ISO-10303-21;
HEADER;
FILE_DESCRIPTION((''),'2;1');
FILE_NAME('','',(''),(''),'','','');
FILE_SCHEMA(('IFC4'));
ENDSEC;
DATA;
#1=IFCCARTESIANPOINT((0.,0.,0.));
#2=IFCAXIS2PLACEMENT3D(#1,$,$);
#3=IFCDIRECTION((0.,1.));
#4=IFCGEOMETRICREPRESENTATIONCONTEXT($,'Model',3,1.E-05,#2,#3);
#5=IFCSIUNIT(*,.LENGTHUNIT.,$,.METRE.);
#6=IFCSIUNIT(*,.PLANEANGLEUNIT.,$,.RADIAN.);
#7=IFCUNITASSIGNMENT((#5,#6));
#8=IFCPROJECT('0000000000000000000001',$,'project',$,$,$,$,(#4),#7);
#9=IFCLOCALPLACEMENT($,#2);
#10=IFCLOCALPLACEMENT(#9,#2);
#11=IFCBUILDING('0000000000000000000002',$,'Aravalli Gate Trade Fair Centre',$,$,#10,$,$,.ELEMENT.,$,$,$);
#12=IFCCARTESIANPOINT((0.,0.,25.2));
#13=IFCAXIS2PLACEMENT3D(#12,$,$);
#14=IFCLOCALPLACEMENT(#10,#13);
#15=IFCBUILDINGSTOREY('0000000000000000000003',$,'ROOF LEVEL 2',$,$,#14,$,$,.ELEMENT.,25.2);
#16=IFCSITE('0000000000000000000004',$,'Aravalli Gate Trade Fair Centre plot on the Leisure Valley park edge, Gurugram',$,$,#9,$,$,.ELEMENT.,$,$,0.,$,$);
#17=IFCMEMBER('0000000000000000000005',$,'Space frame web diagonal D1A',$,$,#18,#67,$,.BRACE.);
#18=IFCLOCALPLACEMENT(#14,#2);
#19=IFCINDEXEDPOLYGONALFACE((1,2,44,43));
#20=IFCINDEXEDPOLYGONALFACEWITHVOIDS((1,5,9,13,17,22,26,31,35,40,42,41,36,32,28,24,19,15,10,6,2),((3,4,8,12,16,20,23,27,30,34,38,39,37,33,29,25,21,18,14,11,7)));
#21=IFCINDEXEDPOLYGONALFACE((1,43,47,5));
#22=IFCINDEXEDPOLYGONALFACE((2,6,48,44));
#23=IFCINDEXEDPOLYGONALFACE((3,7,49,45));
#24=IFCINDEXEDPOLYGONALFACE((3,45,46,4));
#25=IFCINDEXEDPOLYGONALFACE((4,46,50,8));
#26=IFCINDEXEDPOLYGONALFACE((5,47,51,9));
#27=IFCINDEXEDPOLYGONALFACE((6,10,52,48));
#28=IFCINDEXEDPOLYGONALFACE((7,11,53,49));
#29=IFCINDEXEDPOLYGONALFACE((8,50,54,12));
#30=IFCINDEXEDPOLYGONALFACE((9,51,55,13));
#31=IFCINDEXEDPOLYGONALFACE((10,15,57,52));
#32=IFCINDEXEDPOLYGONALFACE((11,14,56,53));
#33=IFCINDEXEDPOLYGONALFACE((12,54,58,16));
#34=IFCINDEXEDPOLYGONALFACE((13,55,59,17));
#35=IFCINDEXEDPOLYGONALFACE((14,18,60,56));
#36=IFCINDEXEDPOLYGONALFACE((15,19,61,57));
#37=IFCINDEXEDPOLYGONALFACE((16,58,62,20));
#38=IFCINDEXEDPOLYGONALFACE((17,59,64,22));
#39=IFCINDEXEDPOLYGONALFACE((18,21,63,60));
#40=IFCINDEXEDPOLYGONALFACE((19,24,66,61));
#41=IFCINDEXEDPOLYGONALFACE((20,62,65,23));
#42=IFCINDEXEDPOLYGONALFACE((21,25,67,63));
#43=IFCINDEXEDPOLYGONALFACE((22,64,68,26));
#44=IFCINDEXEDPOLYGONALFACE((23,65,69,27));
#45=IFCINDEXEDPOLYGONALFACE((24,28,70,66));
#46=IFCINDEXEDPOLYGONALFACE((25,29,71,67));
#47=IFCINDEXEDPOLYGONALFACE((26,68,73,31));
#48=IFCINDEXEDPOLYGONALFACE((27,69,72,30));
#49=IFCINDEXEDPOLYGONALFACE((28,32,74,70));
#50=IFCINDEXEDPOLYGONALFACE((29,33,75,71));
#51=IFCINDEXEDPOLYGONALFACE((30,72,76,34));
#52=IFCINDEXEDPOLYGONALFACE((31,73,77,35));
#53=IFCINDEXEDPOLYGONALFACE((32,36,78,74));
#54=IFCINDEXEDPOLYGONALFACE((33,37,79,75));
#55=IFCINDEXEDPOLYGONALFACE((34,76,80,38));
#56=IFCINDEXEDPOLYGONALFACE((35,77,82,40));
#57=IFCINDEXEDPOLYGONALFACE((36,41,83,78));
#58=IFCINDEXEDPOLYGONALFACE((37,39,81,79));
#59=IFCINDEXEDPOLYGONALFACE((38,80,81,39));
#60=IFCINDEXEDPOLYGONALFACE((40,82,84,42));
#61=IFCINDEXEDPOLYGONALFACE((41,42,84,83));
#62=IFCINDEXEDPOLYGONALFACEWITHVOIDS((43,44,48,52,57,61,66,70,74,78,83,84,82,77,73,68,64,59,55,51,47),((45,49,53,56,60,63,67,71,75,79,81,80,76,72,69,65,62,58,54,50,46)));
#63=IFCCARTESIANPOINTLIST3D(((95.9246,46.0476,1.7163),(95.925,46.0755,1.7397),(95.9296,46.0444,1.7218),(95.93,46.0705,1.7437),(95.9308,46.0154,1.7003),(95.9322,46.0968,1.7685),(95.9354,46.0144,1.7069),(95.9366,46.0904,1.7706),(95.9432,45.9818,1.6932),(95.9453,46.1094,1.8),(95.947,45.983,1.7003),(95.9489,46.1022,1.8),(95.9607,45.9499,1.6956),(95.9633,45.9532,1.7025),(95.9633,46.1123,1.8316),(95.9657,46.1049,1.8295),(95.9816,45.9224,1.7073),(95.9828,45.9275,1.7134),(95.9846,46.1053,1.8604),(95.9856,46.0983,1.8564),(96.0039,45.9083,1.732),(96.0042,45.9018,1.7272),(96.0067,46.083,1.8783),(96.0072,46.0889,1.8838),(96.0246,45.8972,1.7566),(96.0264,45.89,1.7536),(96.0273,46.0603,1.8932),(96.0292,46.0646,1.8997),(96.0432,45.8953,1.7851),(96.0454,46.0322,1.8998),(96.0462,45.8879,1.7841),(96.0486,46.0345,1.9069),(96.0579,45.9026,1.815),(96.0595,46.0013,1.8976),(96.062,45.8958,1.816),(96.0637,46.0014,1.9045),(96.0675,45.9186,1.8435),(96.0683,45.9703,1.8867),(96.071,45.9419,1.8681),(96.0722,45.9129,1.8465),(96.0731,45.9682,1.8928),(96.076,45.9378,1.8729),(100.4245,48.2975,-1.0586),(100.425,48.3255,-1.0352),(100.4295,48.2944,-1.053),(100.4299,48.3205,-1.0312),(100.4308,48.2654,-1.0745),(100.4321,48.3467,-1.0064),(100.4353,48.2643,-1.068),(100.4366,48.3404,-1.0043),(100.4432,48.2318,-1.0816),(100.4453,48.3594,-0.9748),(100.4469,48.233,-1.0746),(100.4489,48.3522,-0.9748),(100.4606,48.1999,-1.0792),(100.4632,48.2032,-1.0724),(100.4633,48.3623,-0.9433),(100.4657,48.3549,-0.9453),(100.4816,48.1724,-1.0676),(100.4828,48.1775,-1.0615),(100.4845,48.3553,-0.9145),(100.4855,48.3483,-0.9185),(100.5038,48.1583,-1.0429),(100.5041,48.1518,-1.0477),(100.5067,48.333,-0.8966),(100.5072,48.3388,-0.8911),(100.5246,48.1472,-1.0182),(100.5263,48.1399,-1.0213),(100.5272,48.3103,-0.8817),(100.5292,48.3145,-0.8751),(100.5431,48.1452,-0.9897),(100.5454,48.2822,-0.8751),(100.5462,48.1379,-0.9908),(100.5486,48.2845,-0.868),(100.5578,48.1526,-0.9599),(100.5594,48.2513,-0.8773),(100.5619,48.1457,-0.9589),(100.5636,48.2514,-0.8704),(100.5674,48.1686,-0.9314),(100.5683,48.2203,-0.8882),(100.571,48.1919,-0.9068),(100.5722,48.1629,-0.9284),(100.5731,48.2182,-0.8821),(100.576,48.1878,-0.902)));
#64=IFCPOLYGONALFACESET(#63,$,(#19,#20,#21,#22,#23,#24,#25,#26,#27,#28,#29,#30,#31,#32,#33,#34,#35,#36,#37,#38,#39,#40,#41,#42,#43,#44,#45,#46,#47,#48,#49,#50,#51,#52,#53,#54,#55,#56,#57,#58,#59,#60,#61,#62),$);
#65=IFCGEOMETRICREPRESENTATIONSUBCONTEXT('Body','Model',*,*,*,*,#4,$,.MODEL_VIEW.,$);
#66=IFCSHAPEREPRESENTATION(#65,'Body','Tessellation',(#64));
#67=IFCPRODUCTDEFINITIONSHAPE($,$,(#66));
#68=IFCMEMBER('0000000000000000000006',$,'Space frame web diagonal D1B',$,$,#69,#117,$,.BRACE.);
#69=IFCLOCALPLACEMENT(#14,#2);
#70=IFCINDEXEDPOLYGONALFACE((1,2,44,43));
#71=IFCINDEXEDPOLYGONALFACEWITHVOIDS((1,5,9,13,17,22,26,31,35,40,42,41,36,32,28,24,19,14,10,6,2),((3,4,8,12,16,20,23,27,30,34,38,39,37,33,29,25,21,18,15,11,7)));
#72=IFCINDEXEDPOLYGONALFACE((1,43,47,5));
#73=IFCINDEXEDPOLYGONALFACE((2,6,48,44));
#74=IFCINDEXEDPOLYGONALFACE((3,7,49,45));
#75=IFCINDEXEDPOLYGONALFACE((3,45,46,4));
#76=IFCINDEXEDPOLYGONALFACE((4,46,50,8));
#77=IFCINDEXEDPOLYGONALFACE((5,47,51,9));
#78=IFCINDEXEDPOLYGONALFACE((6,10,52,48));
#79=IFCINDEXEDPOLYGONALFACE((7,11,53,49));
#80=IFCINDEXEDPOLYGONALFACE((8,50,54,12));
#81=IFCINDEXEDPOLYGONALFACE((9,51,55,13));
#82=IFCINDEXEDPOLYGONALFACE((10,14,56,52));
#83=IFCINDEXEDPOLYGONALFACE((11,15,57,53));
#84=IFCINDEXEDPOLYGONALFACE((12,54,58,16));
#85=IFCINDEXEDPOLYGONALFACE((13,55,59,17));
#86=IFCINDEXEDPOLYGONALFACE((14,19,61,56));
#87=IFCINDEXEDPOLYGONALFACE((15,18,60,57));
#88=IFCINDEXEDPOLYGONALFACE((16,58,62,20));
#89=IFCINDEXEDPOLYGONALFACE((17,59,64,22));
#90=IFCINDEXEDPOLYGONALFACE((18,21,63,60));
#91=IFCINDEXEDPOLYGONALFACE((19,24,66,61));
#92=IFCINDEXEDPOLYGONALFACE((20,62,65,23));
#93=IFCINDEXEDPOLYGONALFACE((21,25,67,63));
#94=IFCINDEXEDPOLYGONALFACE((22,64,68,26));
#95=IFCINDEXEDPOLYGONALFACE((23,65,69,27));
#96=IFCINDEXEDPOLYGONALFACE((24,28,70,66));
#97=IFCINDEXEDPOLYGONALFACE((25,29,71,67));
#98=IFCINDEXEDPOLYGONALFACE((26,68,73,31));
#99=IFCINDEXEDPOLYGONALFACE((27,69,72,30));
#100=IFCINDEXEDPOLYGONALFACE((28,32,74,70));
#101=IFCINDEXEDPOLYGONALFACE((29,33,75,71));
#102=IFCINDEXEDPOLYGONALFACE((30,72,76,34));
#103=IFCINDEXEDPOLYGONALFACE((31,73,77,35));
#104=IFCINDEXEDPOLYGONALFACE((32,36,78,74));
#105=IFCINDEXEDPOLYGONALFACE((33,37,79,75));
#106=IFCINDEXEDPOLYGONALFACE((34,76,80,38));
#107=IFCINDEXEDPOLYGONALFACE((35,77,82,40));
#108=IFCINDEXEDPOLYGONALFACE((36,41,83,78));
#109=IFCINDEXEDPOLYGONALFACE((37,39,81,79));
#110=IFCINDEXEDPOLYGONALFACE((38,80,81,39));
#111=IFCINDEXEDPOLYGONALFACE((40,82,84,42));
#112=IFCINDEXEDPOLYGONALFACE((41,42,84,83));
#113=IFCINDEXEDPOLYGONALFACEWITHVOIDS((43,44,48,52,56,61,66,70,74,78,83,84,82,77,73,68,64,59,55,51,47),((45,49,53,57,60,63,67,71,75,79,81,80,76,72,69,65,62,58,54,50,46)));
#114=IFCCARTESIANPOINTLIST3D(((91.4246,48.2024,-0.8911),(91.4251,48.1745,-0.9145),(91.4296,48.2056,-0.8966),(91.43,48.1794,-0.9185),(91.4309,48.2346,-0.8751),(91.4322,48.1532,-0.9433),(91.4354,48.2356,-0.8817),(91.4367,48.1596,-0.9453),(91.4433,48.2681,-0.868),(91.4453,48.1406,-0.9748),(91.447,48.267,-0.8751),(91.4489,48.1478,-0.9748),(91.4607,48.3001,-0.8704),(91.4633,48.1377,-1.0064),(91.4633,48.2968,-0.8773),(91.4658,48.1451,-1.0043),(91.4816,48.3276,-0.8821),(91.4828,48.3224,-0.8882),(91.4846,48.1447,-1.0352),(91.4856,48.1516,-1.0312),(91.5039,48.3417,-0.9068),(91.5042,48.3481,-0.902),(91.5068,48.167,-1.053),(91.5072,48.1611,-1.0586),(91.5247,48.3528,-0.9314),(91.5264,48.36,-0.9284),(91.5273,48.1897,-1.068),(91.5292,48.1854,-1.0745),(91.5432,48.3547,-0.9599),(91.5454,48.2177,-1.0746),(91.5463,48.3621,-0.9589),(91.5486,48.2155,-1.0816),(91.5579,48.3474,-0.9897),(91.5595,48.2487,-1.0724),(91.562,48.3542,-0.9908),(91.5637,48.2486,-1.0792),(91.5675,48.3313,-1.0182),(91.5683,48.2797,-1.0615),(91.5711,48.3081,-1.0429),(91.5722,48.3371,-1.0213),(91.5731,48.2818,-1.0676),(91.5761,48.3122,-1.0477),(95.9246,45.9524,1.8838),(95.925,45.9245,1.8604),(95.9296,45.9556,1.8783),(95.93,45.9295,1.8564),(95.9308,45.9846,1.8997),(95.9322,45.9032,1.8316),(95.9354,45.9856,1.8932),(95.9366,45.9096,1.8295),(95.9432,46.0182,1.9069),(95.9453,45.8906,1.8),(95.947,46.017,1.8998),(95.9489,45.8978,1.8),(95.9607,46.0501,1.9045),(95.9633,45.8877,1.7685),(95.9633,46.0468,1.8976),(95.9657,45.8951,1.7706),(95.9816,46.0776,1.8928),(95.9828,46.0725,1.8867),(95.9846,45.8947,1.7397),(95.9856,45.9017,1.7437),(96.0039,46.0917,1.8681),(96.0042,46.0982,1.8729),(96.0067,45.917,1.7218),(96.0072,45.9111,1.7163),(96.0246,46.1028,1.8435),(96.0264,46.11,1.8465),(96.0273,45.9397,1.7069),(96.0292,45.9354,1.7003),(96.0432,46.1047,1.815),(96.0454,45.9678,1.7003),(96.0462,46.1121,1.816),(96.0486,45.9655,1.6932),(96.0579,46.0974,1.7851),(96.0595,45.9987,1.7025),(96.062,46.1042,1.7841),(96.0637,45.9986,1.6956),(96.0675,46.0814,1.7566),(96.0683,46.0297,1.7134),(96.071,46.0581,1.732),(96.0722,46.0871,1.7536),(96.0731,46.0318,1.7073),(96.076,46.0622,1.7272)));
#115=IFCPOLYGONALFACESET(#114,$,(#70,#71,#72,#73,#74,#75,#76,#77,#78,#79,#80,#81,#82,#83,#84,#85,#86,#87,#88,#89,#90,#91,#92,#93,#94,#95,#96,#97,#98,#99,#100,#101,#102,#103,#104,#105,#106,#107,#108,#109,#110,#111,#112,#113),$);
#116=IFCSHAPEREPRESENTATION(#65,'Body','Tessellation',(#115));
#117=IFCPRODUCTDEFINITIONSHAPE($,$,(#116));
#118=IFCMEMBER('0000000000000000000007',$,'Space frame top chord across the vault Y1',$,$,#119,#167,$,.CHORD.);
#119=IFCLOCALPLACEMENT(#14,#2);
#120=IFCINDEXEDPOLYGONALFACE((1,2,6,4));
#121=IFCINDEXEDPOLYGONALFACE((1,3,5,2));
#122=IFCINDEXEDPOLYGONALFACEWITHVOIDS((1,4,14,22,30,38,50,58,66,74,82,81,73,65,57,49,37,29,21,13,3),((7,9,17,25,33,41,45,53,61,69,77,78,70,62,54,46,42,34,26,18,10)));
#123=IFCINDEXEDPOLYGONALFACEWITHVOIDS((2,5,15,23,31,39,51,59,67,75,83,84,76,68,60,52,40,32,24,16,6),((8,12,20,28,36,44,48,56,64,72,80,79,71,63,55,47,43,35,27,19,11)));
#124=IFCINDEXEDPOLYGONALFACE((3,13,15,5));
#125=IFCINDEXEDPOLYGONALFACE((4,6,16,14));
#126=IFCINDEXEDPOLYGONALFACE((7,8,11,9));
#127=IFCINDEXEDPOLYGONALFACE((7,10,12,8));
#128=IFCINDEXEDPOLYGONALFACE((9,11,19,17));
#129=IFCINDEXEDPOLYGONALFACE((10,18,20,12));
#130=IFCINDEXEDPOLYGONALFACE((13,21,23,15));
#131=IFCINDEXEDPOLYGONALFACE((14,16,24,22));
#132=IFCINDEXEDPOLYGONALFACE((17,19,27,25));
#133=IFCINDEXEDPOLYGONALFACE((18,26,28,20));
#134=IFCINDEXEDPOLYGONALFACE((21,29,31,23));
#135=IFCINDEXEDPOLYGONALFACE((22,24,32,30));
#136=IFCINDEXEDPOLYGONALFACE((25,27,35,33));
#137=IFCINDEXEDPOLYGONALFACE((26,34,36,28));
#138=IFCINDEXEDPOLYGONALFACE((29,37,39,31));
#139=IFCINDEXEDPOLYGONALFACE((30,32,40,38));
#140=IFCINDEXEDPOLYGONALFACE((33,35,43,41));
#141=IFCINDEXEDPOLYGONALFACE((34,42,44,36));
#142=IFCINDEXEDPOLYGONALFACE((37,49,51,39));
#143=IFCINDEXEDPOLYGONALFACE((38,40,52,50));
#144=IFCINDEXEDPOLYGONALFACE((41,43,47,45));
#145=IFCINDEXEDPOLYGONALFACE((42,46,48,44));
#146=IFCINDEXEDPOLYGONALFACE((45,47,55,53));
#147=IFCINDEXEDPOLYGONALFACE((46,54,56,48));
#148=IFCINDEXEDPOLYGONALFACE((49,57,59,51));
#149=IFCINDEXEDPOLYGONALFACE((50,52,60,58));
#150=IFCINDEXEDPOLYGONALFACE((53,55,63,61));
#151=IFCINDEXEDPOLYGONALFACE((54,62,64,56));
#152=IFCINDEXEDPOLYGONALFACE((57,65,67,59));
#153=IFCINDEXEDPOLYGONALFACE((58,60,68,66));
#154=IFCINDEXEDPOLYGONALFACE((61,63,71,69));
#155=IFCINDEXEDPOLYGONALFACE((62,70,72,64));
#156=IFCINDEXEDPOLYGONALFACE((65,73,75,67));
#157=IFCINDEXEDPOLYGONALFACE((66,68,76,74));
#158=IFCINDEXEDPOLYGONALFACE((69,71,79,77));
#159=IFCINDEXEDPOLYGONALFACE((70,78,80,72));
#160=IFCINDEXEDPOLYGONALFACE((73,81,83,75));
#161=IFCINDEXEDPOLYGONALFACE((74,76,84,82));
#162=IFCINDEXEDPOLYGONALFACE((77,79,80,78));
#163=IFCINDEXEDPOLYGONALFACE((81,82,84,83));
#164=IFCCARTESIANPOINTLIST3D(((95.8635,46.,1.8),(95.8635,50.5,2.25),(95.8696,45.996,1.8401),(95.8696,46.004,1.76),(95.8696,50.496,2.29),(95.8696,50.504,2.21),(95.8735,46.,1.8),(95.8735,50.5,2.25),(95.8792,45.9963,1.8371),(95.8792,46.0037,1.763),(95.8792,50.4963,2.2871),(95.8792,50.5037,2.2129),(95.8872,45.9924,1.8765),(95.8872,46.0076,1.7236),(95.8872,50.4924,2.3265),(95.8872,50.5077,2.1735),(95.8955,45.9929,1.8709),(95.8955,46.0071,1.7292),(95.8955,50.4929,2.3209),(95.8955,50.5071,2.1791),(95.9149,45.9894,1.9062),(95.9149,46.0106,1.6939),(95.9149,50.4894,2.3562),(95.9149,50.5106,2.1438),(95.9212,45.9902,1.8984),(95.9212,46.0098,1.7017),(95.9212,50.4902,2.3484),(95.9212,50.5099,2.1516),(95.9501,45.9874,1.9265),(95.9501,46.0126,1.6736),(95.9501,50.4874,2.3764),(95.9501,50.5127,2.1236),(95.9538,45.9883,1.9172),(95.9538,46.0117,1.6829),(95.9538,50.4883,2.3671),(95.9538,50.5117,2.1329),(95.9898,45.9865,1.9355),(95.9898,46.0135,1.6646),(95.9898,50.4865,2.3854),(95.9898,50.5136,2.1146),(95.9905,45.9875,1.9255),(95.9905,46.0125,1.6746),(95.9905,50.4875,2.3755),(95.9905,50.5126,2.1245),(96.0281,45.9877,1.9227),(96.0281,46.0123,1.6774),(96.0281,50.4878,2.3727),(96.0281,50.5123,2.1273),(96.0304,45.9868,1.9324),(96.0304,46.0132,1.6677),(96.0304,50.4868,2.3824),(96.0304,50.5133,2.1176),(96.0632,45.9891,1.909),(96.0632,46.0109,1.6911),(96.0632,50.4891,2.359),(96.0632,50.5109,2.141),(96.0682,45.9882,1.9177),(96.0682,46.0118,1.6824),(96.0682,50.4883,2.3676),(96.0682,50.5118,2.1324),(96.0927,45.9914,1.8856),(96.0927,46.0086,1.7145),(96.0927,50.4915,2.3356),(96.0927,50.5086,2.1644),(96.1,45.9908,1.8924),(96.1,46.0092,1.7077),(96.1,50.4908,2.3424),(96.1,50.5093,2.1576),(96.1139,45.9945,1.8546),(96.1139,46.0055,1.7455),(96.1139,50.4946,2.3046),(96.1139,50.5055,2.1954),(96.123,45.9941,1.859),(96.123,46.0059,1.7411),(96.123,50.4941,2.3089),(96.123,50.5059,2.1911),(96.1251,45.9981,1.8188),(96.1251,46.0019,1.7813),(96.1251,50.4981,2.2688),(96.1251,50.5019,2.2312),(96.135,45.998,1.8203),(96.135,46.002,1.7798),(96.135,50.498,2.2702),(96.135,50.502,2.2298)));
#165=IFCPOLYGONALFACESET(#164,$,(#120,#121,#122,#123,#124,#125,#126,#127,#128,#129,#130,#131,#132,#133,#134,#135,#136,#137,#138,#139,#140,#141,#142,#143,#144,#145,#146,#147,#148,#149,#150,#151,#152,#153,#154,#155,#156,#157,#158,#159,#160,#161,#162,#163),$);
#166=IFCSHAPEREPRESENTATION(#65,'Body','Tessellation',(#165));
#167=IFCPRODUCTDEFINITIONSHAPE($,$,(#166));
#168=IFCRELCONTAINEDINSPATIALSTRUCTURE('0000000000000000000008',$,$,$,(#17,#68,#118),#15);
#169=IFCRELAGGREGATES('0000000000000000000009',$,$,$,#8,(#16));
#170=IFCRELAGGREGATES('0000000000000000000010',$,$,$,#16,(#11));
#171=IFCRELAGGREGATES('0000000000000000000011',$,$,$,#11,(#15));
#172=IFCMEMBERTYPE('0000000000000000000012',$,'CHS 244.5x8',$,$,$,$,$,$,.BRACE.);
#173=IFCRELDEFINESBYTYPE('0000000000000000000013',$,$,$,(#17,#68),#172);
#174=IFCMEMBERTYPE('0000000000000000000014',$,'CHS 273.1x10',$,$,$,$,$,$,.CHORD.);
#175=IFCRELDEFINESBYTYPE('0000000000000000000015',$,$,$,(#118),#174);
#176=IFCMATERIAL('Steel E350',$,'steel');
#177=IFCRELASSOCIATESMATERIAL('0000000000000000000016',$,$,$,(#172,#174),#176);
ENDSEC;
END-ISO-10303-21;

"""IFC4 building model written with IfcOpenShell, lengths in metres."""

from ifc_helpers import new_model, si_unit, direction, frame, origin, origin_2d, place, context, subcontext, project, spatial, hollow_circle, extrude, material, material_profile, profile_set, type_object, element, save


model = new_model("IFC4")

# Units and contexts
model_context = context("Model", 3, precision=1e-05, world=origin(), true_north=direction((0.0, 1.0)))
body_context = subcontext(model_context, "Body", "Model", "MODEL_VIEW")
ifc_project = project(units=[si_unit("LENGTHUNIT", "METRE"), si_unit("PLANEANGLEUNIT", "RADIAN")], contexts=[model_context])

# Site, building, storey
site_placement = place(None, origin())
site = spatial("IfcSite", under=ifc_project, at=site_placement, Name="Aravalli Gate Trade Fair Centre plot on the Leisure Valley park edge, Gurugram", CompositionType="ELEMENT", RefElevation=0.0)
building_placement = place(site_placement, origin())
building = spatial("IfcBuilding", under=site, at=building_placement, Name="Aravalli Gate Trade Fair Centre", CompositionType="ELEMENT")
storey_placement = place(building_placement, frame((0.0, 0.0, 25.2)))
storey = spatial("IfcBuildingStorey", under=building, at=storey_placement, Name="ROOF LEVEL 2", CompositionType="ELEMENT", Elevation=25.2)

# Members
ifc_material_1 = material(Name="Steel E350", Category="steel")
ifc_material_profile_1 = material_profile(ifc_material_1, hollow_circle(Radius=0.1223, WallThickness=0.0081, at=origin_2d()), Name="CHS 244.5x8")
ifc_profile_set_1 = profile_set([ifc_material_profile_1], Name="Steel E350")
member_type_1 = type_object("IfcMemberType", Name="CHS 244.5x8", PredefinedType="BRACE", material=ifc_profile_set_1)
for number, where, z_axis, x_axis, name in (
    (1, (96.0, 46.0, 1.8), (0.7832, 0.3916, -0.482956), (-0.447214, 0.894427, 0.0), "Space frame web diagonal D1A"),
    (2, (96.0, 46.0, 1.8), (-0.7832, 0.3916, -0.482956), (-0.447214, -0.894427, 0.0), "Space frame web diagonal D1B"),
):
    element("IfcMember", number, at=place(storey_placement, frame(where, z_axis=z_axis, x_axis=x_axis)), inside=storey, type_object=member_type_1, Name=name, PredefinedType="BRACE", context=body_context, shape_type="SweptSolid", body=[
        extrude(hollow_circle(Radius=0.1223, WallThickness=0.0081, at=origin_2d()), origin(), (0.0, 0.0, 1.0), 5.7456),
    ])
ifc_material_profile_2 = material_profile(ifc_material_1, hollow_circle(Radius=0.1365, WallThickness=0.01, at=origin_2d()), Name="CHS 273.1x10")
ifc_profile_set_2 = profile_set([ifc_material_profile_2], Name="Steel E350")
member_type_2 = type_object("IfcMemberType", Name="CHS 273.1x10", PredefinedType="CHORD", material=ifc_profile_set_2)
member_1_placement = place(storey_placement, frame((96.0, 46.0, 1.8), z_axis=(0.0, 0.995038, 0.099493), x_axis=(-1.0, 0.0, 0.0)))
element("IfcMember", 3, at=member_1_placement, inside=storey, type_object=member_type_2, Name="Space frame top chord across the vault Y1", PredefinedType="CHORD", context=body_context, shape_type="SweptSolid", body=[
    extrude(hollow_circle(Radius=0.1365, WallThickness=0.01, at=origin_2d()), origin(), (0.0, 0.0, 1.0), 4.5225),
])

save(model, "model.ifc")
